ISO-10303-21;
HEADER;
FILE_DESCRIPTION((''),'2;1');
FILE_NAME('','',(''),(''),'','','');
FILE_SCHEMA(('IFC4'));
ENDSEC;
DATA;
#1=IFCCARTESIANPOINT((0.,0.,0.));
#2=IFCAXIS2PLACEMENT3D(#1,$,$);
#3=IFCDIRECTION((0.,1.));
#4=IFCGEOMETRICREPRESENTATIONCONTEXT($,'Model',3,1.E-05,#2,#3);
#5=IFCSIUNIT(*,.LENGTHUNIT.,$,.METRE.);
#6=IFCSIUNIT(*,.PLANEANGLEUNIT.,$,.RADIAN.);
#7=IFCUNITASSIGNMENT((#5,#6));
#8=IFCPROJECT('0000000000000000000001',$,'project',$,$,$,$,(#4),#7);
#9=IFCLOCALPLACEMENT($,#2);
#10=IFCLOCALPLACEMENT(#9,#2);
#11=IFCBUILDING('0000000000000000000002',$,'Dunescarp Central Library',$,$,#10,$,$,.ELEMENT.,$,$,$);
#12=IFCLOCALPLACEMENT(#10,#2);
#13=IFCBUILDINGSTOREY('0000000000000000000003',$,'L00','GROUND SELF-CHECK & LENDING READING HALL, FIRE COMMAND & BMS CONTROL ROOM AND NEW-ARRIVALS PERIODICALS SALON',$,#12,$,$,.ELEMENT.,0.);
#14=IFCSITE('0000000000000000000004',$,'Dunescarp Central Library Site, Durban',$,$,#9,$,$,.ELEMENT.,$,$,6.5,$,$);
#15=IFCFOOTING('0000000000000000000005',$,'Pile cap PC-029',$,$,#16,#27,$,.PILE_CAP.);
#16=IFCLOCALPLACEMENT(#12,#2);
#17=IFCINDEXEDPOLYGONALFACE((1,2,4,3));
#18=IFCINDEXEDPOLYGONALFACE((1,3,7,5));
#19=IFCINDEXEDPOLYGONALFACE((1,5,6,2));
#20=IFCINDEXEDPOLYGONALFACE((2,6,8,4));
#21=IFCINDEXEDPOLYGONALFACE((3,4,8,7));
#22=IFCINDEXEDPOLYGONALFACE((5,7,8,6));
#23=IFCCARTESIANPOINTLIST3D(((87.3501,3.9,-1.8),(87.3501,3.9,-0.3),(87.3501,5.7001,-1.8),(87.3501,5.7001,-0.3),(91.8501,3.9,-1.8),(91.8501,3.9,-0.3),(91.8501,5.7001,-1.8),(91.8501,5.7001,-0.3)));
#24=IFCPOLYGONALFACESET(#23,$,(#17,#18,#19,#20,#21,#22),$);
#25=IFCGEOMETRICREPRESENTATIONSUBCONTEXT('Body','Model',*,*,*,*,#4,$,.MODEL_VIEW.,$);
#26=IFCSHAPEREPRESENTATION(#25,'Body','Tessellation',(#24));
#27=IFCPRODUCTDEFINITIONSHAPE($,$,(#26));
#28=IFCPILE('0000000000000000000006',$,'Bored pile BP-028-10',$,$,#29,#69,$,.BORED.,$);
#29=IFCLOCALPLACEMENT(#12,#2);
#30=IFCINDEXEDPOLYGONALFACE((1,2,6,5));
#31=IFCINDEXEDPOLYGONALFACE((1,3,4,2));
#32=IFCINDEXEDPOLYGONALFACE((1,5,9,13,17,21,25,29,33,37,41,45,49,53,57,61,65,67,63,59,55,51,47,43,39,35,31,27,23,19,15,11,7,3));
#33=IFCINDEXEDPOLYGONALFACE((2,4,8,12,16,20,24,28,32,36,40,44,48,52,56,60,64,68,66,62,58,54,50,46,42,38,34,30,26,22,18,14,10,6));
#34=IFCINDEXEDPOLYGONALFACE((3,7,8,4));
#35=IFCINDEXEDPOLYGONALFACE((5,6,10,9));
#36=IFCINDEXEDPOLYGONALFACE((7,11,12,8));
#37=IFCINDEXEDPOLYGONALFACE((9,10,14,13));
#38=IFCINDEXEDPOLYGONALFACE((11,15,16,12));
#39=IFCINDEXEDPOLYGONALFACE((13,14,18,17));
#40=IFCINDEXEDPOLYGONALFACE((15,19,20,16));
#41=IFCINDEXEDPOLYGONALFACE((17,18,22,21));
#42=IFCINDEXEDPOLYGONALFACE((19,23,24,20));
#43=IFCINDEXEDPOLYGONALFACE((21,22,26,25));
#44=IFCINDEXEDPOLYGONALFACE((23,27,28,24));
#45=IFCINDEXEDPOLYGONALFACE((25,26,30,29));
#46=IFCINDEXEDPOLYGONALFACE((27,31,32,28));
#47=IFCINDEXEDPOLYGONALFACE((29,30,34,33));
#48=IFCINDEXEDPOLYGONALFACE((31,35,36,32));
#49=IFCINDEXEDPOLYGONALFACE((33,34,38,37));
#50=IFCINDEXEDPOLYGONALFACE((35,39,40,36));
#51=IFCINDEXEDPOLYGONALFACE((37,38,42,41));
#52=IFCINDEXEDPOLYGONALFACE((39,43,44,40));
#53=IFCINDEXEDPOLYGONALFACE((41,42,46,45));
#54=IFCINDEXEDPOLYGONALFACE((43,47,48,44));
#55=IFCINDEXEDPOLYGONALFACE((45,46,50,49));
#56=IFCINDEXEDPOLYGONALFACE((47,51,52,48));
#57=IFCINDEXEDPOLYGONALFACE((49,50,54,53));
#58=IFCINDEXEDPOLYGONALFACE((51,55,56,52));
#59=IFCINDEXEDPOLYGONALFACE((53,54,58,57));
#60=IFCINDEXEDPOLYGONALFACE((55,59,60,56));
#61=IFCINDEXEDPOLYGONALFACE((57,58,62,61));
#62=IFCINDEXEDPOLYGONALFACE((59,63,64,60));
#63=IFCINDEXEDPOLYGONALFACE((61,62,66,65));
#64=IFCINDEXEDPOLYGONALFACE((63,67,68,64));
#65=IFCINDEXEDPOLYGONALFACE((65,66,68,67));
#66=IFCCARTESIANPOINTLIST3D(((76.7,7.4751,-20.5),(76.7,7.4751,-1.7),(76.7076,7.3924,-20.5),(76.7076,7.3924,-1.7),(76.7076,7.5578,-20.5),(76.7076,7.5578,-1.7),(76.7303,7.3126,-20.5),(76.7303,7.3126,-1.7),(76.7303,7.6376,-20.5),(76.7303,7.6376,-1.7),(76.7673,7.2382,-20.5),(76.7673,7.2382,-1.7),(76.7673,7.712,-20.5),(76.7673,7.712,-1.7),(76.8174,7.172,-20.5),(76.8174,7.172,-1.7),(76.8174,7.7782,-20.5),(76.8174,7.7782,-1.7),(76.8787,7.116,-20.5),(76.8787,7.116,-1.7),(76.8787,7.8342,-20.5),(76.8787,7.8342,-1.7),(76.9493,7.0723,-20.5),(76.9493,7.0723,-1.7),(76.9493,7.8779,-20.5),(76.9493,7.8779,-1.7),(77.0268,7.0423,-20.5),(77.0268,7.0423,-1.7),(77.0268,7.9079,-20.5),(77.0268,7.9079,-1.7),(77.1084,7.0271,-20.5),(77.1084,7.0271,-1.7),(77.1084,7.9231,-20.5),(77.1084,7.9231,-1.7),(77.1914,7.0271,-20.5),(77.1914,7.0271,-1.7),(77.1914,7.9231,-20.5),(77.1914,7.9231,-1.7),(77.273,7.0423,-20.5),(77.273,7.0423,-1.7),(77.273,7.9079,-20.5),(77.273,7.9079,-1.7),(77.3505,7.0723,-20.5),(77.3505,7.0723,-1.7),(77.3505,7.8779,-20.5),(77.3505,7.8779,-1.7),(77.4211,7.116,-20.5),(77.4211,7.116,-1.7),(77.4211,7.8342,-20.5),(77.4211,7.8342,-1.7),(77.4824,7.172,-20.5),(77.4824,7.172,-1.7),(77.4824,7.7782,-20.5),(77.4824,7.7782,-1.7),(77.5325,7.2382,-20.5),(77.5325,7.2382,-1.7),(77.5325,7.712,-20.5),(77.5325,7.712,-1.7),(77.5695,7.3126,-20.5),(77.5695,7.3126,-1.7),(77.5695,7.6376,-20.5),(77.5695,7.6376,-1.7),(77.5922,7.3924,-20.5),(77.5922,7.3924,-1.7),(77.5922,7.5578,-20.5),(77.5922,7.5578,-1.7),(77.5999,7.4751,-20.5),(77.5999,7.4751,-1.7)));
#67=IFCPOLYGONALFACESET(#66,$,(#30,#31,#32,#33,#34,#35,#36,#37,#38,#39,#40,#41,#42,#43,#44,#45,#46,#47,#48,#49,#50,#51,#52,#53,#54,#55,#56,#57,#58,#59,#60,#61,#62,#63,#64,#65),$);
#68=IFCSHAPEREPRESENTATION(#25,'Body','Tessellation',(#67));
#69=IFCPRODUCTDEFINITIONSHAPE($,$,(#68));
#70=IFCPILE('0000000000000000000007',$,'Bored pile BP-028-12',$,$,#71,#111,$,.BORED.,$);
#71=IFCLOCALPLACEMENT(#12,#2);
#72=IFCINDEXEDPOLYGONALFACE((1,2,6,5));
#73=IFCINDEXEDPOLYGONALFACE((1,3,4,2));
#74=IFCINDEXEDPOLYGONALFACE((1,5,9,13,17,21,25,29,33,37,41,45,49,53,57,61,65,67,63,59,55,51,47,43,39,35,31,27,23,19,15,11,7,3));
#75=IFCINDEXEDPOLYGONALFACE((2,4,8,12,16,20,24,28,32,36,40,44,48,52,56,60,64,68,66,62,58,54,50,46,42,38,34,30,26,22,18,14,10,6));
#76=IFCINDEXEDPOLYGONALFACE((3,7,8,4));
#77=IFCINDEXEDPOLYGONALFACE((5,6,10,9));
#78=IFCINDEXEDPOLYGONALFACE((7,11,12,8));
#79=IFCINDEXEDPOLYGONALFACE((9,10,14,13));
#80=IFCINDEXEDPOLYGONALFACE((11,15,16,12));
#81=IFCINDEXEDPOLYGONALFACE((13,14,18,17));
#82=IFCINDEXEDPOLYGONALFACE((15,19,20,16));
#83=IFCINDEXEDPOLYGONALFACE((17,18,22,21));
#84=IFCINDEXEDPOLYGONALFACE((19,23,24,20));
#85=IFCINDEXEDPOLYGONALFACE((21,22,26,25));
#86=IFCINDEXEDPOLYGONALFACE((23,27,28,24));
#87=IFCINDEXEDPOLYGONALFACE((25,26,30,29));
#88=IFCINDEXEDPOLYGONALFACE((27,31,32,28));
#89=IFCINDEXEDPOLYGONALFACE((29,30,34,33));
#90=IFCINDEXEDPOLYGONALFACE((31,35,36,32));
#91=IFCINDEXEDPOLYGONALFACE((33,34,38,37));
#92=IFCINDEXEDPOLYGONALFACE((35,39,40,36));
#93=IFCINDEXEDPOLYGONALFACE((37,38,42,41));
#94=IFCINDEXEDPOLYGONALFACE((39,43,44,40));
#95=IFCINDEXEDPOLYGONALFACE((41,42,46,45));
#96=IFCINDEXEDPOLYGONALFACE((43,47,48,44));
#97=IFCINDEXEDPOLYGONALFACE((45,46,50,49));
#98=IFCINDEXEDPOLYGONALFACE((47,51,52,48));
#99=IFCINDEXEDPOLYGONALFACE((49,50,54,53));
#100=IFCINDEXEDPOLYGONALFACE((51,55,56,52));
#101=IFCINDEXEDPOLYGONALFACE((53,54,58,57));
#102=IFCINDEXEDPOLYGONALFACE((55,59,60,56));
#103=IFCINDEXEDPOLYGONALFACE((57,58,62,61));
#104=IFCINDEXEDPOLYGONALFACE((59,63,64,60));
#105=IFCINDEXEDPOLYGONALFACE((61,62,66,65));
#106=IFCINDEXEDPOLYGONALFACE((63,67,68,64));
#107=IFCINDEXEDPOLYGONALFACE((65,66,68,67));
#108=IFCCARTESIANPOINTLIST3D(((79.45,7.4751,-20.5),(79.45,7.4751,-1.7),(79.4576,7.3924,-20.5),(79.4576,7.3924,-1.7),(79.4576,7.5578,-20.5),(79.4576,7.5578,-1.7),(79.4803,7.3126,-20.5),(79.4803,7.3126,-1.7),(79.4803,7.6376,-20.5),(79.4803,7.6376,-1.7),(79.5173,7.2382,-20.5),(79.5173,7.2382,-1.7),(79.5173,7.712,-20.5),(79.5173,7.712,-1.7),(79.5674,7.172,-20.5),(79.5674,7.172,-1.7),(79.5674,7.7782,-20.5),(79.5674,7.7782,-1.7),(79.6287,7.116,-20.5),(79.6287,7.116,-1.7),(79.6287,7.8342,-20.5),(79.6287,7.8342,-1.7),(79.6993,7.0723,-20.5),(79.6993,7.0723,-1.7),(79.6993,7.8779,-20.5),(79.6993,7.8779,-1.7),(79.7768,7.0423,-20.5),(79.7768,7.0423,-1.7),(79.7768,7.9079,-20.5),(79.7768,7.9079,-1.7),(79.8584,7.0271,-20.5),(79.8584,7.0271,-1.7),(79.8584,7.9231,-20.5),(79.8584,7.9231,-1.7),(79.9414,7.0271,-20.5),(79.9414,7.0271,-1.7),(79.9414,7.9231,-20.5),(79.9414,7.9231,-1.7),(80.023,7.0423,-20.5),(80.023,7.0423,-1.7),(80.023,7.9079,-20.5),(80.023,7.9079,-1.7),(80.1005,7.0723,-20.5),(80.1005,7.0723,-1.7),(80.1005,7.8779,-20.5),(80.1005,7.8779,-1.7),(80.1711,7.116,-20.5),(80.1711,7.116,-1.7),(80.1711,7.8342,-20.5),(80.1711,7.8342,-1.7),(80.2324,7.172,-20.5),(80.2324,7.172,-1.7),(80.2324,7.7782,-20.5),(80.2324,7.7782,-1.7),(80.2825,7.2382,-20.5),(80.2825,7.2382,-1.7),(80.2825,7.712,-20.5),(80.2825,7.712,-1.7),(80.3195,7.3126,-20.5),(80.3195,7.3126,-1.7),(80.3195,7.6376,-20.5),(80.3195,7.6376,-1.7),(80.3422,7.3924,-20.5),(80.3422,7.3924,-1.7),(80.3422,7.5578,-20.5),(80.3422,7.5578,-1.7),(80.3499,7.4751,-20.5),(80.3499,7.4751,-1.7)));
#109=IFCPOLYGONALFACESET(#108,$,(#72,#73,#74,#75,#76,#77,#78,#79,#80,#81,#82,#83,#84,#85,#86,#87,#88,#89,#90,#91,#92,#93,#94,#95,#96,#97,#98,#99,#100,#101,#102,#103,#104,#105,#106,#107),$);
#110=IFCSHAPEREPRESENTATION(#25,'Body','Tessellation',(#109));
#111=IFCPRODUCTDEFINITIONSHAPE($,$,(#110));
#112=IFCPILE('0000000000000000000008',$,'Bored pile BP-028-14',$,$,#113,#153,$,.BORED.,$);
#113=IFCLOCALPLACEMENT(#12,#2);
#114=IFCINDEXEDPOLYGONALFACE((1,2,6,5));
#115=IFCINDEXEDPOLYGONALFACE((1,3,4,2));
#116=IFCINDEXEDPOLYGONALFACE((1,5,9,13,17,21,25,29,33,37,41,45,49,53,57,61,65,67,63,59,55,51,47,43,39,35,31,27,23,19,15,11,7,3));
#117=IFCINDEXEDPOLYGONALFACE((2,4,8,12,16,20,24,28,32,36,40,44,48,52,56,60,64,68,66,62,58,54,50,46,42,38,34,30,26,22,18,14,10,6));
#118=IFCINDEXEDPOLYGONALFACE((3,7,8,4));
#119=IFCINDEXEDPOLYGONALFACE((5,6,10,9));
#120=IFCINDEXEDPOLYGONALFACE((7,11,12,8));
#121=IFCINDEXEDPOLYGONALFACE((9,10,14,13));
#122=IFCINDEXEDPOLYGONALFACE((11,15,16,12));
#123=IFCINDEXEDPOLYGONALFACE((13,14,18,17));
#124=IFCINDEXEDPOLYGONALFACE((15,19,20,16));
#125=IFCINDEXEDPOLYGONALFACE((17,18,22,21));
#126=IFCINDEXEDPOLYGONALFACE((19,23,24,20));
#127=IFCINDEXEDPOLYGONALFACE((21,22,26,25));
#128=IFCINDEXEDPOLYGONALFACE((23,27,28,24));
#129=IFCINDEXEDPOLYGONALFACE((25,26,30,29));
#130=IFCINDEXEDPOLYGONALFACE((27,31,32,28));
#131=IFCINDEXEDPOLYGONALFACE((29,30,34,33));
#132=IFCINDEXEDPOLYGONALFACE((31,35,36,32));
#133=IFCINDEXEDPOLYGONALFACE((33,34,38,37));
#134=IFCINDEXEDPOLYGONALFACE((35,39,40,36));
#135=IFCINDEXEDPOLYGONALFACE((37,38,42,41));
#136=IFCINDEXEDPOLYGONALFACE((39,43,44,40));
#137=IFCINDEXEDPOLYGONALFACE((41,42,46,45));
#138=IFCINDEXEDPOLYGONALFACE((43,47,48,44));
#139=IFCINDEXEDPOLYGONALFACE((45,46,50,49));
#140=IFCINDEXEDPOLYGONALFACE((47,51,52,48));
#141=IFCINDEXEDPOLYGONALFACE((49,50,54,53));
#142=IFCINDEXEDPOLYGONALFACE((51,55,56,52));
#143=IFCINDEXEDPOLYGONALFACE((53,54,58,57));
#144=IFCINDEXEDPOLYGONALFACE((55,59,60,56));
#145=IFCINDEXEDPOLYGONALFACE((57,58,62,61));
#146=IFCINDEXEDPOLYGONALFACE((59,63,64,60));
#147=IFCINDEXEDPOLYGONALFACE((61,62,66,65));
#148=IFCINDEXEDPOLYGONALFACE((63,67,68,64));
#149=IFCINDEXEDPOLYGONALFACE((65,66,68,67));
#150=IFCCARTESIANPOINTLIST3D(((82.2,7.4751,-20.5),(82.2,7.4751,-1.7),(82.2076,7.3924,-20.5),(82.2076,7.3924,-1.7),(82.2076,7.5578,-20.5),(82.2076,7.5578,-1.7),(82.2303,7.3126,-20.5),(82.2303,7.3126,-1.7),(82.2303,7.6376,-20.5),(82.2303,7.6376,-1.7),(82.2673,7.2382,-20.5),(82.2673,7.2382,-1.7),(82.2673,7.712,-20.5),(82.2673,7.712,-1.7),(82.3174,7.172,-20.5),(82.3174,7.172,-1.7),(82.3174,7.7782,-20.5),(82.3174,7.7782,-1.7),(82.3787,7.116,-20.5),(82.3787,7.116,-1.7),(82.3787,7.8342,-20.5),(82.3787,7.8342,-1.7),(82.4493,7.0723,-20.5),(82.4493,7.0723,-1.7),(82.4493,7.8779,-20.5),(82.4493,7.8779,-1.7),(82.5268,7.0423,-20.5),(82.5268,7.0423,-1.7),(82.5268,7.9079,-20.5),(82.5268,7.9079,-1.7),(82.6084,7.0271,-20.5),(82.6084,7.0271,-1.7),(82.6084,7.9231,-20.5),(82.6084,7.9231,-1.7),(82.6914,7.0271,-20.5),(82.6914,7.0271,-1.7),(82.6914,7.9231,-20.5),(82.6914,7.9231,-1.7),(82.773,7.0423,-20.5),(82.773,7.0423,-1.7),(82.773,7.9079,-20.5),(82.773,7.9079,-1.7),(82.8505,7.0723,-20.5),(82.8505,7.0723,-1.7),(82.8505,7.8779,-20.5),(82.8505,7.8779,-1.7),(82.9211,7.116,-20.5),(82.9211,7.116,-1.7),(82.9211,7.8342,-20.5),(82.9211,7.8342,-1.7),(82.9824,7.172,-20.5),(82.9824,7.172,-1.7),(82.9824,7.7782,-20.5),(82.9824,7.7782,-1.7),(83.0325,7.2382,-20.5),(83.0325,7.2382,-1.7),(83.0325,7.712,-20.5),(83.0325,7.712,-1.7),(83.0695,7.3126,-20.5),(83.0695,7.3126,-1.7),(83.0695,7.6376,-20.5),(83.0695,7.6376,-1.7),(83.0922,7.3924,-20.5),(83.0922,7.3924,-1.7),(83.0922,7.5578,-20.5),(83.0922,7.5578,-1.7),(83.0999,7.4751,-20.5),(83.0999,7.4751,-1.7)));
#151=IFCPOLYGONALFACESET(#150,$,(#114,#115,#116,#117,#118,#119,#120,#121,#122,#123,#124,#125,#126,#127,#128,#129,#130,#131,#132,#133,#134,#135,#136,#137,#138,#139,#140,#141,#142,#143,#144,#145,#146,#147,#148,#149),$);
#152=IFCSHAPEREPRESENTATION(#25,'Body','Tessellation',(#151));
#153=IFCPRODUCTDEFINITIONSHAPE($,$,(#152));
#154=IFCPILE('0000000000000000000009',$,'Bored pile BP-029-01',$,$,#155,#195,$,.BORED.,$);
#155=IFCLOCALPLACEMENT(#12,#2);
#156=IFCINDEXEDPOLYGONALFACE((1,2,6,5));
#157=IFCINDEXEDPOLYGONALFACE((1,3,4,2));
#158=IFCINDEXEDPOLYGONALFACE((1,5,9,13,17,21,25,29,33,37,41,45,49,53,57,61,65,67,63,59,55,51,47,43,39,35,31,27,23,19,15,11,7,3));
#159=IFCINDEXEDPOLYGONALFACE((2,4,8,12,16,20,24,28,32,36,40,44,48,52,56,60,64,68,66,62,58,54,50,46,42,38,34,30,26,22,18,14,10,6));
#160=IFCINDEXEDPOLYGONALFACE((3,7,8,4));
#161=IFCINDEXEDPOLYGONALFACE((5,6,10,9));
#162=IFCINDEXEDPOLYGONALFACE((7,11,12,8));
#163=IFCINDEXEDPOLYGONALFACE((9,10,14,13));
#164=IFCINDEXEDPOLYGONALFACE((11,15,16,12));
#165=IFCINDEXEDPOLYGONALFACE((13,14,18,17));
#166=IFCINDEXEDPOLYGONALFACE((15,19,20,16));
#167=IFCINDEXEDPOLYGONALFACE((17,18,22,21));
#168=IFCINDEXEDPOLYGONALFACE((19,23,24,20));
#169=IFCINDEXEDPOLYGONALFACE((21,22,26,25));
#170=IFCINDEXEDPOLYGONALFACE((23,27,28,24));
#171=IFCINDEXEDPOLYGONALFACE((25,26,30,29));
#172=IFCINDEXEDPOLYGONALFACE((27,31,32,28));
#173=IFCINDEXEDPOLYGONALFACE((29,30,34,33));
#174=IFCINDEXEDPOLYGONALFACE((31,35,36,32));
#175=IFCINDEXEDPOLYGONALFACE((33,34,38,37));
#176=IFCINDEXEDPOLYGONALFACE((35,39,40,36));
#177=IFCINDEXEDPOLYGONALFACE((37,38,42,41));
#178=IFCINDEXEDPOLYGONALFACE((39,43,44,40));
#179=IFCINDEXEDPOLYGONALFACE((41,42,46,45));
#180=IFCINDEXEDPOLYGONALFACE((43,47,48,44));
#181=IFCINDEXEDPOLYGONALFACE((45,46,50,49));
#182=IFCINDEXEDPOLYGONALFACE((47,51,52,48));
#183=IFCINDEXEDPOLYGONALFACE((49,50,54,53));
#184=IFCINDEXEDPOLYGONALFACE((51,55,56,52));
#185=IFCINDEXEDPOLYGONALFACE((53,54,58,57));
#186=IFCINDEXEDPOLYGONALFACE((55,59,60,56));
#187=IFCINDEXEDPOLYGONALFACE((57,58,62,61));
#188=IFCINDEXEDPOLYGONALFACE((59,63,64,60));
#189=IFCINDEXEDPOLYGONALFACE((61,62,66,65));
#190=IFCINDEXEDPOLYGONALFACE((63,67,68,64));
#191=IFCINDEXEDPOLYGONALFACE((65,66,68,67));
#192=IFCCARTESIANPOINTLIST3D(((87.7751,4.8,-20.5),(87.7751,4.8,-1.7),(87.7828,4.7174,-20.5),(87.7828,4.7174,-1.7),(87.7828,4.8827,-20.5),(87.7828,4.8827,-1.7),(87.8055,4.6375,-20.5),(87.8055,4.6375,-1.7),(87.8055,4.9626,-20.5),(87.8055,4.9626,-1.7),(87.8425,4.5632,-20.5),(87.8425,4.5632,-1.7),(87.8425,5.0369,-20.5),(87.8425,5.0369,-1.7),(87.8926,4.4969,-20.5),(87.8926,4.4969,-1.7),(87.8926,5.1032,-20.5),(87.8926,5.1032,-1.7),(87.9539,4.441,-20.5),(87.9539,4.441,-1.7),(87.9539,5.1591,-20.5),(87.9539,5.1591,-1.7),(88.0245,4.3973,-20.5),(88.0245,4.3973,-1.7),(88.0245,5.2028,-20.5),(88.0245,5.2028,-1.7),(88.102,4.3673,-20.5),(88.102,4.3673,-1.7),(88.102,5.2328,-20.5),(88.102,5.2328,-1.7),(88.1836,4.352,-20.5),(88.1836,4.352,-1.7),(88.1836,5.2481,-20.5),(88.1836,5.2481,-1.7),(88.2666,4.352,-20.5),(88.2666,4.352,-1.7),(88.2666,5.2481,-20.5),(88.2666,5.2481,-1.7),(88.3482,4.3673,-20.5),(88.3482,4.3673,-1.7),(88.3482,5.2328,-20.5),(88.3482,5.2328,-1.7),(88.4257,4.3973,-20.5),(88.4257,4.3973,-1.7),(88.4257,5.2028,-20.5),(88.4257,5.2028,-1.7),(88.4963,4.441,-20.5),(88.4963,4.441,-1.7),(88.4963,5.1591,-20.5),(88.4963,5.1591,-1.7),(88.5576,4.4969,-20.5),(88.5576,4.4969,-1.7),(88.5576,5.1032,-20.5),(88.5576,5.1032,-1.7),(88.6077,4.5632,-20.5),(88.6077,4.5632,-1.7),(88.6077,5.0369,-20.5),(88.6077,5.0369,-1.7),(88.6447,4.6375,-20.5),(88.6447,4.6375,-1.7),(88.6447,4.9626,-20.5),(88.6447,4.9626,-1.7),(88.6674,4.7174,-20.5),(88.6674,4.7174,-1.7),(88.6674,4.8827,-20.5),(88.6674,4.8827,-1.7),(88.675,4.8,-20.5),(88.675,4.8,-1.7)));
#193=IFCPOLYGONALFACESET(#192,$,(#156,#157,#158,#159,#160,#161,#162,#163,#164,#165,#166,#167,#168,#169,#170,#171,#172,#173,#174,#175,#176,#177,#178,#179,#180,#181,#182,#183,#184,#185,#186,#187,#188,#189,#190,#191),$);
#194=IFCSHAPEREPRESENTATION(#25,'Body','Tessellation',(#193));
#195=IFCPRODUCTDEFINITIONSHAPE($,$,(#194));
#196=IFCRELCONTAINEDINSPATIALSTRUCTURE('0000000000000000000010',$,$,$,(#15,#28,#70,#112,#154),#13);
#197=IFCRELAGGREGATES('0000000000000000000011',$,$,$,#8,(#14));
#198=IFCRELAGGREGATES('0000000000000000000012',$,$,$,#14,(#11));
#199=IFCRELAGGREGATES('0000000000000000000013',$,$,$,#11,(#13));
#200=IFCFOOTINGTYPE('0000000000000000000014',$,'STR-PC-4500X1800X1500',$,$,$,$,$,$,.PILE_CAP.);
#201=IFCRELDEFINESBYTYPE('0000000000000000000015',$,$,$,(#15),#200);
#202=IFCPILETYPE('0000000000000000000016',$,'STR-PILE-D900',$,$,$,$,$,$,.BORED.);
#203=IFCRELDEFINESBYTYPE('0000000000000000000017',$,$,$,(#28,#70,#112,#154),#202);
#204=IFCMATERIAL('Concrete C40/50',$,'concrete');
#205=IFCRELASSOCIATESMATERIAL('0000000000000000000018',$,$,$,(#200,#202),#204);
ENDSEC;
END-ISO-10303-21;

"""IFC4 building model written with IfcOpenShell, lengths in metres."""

from ifc_helpers import new_model, si_unit, direction, frame, origin, origin_2d, place, context, subcontext, project, spatial, rectangle, circle, extrude, material, material_profile, profile_set, type_object, element, save


model = new_model("IFC4")

# Units and contexts
model_context = context("Model", 3, precision=1e-05, world=origin(), true_north=direction((0.0, 1.0)))
body_context = subcontext(model_context, "Body", "Model", "MODEL_VIEW")
ifc_project = project(units=[si_unit("LENGTHUNIT", "METRE"), si_unit("PLANEANGLEUNIT", "RADIAN")], contexts=[model_context])

# Site, building, storey
site_placement = place(None, origin())
site = spatial("IfcSite", under=ifc_project, at=site_placement, Name="Dunescarp Central Library Site, Durban", CompositionType="ELEMENT", RefElevation=6.5)
building_placement = place(site_placement, origin())
building = spatial("IfcBuilding", under=site, at=building_placement, Name="Dunescarp Central Library", CompositionType="ELEMENT")
storey_placement = place(building_placement, origin())
storey = spatial("IfcBuildingStorey", under=building, at=storey_placement, Name="L00", Description="GROUND SELF-CHECK & LENDING READING HALL, FIRE COMMAND & BMS CONTROL ROOM AND NEW-ARRIVALS PERIODICALS SALON", CompositionType="ELEMENT", Elevation=0.0)

# Footing
ifc_material_1 = material(Name="Concrete C40/50", Category="concrete")
footing_type = type_object("IfcFootingType", Name="STR-PC-4500X1800X1500", PredefinedType="PILE_CAP", material=ifc_material_1)
footing_placement = place(storey_placement, frame((89.6001, 4.8, -1.8), z_axis=(0.0, 0.0, 1.0), x_axis=(1.0, 0.0, 0.0)))
element("IfcFooting", 1, at=footing_placement, inside=storey, type_object=footing_type, Name="Pile cap PC-029", PredefinedType="PILE_CAP", context=body_context, shape_type="SweptSolid", body=[
    extrude(rectangle(XDim=4.5, YDim=1.8, at=origin_2d()), origin(), (0.0, 0.0, 1.0), 1.5),
])

# Piles
ifc_material_profile_1 = material_profile(ifc_material_1, circle(Radius=0.45, at=origin_2d()), Name="PILE D900")
ifc_profile_set_1 = profile_set([ifc_material_profile_1], Name="Concrete C40/50")
pile_type = type_object("IfcPileType", Name="STR-PILE-D900", PredefinedType="BORED", material=ifc_profile_set_1)
for number, where, z_axis, x_axis, name in (
    (2, (77.1499, 7.4751, -1.7), (0.0, 0.0, -1.0), (1.0, 0.0, 0.0), "Bored pile BP-028-10"),
    (3, (79.8999, 7.4751, -1.7), (0.0, 0.0, -1.0), (1.0, 0.0, 0.0), "Bored pile BP-028-12"),
    (4, (82.6499, 7.4751, -1.7), (0.0, 0.0, -1.0), (1.0, 0.0, 0.0), "Bored pile BP-028-14"),
    (5, (88.2251, 4.8, -1.7), (0.0, 0.0, -1.0), (1.0, 0.0, 0.0), "Bored pile BP-029-01"),
):
    element("IfcPile", number, at=place(storey_placement, frame(where, z_axis=z_axis, x_axis=x_axis)), inside=storey, type_object=pile_type, Name=name, PredefinedType="BORED", context=body_context, shape_type="SweptSolid", body=[
        extrude(circle(Radius=0.45, at=origin_2d()), origin(), (0.0, 0.0, 1.0), 18.8),
    ])

save(model, "model.ifc")
